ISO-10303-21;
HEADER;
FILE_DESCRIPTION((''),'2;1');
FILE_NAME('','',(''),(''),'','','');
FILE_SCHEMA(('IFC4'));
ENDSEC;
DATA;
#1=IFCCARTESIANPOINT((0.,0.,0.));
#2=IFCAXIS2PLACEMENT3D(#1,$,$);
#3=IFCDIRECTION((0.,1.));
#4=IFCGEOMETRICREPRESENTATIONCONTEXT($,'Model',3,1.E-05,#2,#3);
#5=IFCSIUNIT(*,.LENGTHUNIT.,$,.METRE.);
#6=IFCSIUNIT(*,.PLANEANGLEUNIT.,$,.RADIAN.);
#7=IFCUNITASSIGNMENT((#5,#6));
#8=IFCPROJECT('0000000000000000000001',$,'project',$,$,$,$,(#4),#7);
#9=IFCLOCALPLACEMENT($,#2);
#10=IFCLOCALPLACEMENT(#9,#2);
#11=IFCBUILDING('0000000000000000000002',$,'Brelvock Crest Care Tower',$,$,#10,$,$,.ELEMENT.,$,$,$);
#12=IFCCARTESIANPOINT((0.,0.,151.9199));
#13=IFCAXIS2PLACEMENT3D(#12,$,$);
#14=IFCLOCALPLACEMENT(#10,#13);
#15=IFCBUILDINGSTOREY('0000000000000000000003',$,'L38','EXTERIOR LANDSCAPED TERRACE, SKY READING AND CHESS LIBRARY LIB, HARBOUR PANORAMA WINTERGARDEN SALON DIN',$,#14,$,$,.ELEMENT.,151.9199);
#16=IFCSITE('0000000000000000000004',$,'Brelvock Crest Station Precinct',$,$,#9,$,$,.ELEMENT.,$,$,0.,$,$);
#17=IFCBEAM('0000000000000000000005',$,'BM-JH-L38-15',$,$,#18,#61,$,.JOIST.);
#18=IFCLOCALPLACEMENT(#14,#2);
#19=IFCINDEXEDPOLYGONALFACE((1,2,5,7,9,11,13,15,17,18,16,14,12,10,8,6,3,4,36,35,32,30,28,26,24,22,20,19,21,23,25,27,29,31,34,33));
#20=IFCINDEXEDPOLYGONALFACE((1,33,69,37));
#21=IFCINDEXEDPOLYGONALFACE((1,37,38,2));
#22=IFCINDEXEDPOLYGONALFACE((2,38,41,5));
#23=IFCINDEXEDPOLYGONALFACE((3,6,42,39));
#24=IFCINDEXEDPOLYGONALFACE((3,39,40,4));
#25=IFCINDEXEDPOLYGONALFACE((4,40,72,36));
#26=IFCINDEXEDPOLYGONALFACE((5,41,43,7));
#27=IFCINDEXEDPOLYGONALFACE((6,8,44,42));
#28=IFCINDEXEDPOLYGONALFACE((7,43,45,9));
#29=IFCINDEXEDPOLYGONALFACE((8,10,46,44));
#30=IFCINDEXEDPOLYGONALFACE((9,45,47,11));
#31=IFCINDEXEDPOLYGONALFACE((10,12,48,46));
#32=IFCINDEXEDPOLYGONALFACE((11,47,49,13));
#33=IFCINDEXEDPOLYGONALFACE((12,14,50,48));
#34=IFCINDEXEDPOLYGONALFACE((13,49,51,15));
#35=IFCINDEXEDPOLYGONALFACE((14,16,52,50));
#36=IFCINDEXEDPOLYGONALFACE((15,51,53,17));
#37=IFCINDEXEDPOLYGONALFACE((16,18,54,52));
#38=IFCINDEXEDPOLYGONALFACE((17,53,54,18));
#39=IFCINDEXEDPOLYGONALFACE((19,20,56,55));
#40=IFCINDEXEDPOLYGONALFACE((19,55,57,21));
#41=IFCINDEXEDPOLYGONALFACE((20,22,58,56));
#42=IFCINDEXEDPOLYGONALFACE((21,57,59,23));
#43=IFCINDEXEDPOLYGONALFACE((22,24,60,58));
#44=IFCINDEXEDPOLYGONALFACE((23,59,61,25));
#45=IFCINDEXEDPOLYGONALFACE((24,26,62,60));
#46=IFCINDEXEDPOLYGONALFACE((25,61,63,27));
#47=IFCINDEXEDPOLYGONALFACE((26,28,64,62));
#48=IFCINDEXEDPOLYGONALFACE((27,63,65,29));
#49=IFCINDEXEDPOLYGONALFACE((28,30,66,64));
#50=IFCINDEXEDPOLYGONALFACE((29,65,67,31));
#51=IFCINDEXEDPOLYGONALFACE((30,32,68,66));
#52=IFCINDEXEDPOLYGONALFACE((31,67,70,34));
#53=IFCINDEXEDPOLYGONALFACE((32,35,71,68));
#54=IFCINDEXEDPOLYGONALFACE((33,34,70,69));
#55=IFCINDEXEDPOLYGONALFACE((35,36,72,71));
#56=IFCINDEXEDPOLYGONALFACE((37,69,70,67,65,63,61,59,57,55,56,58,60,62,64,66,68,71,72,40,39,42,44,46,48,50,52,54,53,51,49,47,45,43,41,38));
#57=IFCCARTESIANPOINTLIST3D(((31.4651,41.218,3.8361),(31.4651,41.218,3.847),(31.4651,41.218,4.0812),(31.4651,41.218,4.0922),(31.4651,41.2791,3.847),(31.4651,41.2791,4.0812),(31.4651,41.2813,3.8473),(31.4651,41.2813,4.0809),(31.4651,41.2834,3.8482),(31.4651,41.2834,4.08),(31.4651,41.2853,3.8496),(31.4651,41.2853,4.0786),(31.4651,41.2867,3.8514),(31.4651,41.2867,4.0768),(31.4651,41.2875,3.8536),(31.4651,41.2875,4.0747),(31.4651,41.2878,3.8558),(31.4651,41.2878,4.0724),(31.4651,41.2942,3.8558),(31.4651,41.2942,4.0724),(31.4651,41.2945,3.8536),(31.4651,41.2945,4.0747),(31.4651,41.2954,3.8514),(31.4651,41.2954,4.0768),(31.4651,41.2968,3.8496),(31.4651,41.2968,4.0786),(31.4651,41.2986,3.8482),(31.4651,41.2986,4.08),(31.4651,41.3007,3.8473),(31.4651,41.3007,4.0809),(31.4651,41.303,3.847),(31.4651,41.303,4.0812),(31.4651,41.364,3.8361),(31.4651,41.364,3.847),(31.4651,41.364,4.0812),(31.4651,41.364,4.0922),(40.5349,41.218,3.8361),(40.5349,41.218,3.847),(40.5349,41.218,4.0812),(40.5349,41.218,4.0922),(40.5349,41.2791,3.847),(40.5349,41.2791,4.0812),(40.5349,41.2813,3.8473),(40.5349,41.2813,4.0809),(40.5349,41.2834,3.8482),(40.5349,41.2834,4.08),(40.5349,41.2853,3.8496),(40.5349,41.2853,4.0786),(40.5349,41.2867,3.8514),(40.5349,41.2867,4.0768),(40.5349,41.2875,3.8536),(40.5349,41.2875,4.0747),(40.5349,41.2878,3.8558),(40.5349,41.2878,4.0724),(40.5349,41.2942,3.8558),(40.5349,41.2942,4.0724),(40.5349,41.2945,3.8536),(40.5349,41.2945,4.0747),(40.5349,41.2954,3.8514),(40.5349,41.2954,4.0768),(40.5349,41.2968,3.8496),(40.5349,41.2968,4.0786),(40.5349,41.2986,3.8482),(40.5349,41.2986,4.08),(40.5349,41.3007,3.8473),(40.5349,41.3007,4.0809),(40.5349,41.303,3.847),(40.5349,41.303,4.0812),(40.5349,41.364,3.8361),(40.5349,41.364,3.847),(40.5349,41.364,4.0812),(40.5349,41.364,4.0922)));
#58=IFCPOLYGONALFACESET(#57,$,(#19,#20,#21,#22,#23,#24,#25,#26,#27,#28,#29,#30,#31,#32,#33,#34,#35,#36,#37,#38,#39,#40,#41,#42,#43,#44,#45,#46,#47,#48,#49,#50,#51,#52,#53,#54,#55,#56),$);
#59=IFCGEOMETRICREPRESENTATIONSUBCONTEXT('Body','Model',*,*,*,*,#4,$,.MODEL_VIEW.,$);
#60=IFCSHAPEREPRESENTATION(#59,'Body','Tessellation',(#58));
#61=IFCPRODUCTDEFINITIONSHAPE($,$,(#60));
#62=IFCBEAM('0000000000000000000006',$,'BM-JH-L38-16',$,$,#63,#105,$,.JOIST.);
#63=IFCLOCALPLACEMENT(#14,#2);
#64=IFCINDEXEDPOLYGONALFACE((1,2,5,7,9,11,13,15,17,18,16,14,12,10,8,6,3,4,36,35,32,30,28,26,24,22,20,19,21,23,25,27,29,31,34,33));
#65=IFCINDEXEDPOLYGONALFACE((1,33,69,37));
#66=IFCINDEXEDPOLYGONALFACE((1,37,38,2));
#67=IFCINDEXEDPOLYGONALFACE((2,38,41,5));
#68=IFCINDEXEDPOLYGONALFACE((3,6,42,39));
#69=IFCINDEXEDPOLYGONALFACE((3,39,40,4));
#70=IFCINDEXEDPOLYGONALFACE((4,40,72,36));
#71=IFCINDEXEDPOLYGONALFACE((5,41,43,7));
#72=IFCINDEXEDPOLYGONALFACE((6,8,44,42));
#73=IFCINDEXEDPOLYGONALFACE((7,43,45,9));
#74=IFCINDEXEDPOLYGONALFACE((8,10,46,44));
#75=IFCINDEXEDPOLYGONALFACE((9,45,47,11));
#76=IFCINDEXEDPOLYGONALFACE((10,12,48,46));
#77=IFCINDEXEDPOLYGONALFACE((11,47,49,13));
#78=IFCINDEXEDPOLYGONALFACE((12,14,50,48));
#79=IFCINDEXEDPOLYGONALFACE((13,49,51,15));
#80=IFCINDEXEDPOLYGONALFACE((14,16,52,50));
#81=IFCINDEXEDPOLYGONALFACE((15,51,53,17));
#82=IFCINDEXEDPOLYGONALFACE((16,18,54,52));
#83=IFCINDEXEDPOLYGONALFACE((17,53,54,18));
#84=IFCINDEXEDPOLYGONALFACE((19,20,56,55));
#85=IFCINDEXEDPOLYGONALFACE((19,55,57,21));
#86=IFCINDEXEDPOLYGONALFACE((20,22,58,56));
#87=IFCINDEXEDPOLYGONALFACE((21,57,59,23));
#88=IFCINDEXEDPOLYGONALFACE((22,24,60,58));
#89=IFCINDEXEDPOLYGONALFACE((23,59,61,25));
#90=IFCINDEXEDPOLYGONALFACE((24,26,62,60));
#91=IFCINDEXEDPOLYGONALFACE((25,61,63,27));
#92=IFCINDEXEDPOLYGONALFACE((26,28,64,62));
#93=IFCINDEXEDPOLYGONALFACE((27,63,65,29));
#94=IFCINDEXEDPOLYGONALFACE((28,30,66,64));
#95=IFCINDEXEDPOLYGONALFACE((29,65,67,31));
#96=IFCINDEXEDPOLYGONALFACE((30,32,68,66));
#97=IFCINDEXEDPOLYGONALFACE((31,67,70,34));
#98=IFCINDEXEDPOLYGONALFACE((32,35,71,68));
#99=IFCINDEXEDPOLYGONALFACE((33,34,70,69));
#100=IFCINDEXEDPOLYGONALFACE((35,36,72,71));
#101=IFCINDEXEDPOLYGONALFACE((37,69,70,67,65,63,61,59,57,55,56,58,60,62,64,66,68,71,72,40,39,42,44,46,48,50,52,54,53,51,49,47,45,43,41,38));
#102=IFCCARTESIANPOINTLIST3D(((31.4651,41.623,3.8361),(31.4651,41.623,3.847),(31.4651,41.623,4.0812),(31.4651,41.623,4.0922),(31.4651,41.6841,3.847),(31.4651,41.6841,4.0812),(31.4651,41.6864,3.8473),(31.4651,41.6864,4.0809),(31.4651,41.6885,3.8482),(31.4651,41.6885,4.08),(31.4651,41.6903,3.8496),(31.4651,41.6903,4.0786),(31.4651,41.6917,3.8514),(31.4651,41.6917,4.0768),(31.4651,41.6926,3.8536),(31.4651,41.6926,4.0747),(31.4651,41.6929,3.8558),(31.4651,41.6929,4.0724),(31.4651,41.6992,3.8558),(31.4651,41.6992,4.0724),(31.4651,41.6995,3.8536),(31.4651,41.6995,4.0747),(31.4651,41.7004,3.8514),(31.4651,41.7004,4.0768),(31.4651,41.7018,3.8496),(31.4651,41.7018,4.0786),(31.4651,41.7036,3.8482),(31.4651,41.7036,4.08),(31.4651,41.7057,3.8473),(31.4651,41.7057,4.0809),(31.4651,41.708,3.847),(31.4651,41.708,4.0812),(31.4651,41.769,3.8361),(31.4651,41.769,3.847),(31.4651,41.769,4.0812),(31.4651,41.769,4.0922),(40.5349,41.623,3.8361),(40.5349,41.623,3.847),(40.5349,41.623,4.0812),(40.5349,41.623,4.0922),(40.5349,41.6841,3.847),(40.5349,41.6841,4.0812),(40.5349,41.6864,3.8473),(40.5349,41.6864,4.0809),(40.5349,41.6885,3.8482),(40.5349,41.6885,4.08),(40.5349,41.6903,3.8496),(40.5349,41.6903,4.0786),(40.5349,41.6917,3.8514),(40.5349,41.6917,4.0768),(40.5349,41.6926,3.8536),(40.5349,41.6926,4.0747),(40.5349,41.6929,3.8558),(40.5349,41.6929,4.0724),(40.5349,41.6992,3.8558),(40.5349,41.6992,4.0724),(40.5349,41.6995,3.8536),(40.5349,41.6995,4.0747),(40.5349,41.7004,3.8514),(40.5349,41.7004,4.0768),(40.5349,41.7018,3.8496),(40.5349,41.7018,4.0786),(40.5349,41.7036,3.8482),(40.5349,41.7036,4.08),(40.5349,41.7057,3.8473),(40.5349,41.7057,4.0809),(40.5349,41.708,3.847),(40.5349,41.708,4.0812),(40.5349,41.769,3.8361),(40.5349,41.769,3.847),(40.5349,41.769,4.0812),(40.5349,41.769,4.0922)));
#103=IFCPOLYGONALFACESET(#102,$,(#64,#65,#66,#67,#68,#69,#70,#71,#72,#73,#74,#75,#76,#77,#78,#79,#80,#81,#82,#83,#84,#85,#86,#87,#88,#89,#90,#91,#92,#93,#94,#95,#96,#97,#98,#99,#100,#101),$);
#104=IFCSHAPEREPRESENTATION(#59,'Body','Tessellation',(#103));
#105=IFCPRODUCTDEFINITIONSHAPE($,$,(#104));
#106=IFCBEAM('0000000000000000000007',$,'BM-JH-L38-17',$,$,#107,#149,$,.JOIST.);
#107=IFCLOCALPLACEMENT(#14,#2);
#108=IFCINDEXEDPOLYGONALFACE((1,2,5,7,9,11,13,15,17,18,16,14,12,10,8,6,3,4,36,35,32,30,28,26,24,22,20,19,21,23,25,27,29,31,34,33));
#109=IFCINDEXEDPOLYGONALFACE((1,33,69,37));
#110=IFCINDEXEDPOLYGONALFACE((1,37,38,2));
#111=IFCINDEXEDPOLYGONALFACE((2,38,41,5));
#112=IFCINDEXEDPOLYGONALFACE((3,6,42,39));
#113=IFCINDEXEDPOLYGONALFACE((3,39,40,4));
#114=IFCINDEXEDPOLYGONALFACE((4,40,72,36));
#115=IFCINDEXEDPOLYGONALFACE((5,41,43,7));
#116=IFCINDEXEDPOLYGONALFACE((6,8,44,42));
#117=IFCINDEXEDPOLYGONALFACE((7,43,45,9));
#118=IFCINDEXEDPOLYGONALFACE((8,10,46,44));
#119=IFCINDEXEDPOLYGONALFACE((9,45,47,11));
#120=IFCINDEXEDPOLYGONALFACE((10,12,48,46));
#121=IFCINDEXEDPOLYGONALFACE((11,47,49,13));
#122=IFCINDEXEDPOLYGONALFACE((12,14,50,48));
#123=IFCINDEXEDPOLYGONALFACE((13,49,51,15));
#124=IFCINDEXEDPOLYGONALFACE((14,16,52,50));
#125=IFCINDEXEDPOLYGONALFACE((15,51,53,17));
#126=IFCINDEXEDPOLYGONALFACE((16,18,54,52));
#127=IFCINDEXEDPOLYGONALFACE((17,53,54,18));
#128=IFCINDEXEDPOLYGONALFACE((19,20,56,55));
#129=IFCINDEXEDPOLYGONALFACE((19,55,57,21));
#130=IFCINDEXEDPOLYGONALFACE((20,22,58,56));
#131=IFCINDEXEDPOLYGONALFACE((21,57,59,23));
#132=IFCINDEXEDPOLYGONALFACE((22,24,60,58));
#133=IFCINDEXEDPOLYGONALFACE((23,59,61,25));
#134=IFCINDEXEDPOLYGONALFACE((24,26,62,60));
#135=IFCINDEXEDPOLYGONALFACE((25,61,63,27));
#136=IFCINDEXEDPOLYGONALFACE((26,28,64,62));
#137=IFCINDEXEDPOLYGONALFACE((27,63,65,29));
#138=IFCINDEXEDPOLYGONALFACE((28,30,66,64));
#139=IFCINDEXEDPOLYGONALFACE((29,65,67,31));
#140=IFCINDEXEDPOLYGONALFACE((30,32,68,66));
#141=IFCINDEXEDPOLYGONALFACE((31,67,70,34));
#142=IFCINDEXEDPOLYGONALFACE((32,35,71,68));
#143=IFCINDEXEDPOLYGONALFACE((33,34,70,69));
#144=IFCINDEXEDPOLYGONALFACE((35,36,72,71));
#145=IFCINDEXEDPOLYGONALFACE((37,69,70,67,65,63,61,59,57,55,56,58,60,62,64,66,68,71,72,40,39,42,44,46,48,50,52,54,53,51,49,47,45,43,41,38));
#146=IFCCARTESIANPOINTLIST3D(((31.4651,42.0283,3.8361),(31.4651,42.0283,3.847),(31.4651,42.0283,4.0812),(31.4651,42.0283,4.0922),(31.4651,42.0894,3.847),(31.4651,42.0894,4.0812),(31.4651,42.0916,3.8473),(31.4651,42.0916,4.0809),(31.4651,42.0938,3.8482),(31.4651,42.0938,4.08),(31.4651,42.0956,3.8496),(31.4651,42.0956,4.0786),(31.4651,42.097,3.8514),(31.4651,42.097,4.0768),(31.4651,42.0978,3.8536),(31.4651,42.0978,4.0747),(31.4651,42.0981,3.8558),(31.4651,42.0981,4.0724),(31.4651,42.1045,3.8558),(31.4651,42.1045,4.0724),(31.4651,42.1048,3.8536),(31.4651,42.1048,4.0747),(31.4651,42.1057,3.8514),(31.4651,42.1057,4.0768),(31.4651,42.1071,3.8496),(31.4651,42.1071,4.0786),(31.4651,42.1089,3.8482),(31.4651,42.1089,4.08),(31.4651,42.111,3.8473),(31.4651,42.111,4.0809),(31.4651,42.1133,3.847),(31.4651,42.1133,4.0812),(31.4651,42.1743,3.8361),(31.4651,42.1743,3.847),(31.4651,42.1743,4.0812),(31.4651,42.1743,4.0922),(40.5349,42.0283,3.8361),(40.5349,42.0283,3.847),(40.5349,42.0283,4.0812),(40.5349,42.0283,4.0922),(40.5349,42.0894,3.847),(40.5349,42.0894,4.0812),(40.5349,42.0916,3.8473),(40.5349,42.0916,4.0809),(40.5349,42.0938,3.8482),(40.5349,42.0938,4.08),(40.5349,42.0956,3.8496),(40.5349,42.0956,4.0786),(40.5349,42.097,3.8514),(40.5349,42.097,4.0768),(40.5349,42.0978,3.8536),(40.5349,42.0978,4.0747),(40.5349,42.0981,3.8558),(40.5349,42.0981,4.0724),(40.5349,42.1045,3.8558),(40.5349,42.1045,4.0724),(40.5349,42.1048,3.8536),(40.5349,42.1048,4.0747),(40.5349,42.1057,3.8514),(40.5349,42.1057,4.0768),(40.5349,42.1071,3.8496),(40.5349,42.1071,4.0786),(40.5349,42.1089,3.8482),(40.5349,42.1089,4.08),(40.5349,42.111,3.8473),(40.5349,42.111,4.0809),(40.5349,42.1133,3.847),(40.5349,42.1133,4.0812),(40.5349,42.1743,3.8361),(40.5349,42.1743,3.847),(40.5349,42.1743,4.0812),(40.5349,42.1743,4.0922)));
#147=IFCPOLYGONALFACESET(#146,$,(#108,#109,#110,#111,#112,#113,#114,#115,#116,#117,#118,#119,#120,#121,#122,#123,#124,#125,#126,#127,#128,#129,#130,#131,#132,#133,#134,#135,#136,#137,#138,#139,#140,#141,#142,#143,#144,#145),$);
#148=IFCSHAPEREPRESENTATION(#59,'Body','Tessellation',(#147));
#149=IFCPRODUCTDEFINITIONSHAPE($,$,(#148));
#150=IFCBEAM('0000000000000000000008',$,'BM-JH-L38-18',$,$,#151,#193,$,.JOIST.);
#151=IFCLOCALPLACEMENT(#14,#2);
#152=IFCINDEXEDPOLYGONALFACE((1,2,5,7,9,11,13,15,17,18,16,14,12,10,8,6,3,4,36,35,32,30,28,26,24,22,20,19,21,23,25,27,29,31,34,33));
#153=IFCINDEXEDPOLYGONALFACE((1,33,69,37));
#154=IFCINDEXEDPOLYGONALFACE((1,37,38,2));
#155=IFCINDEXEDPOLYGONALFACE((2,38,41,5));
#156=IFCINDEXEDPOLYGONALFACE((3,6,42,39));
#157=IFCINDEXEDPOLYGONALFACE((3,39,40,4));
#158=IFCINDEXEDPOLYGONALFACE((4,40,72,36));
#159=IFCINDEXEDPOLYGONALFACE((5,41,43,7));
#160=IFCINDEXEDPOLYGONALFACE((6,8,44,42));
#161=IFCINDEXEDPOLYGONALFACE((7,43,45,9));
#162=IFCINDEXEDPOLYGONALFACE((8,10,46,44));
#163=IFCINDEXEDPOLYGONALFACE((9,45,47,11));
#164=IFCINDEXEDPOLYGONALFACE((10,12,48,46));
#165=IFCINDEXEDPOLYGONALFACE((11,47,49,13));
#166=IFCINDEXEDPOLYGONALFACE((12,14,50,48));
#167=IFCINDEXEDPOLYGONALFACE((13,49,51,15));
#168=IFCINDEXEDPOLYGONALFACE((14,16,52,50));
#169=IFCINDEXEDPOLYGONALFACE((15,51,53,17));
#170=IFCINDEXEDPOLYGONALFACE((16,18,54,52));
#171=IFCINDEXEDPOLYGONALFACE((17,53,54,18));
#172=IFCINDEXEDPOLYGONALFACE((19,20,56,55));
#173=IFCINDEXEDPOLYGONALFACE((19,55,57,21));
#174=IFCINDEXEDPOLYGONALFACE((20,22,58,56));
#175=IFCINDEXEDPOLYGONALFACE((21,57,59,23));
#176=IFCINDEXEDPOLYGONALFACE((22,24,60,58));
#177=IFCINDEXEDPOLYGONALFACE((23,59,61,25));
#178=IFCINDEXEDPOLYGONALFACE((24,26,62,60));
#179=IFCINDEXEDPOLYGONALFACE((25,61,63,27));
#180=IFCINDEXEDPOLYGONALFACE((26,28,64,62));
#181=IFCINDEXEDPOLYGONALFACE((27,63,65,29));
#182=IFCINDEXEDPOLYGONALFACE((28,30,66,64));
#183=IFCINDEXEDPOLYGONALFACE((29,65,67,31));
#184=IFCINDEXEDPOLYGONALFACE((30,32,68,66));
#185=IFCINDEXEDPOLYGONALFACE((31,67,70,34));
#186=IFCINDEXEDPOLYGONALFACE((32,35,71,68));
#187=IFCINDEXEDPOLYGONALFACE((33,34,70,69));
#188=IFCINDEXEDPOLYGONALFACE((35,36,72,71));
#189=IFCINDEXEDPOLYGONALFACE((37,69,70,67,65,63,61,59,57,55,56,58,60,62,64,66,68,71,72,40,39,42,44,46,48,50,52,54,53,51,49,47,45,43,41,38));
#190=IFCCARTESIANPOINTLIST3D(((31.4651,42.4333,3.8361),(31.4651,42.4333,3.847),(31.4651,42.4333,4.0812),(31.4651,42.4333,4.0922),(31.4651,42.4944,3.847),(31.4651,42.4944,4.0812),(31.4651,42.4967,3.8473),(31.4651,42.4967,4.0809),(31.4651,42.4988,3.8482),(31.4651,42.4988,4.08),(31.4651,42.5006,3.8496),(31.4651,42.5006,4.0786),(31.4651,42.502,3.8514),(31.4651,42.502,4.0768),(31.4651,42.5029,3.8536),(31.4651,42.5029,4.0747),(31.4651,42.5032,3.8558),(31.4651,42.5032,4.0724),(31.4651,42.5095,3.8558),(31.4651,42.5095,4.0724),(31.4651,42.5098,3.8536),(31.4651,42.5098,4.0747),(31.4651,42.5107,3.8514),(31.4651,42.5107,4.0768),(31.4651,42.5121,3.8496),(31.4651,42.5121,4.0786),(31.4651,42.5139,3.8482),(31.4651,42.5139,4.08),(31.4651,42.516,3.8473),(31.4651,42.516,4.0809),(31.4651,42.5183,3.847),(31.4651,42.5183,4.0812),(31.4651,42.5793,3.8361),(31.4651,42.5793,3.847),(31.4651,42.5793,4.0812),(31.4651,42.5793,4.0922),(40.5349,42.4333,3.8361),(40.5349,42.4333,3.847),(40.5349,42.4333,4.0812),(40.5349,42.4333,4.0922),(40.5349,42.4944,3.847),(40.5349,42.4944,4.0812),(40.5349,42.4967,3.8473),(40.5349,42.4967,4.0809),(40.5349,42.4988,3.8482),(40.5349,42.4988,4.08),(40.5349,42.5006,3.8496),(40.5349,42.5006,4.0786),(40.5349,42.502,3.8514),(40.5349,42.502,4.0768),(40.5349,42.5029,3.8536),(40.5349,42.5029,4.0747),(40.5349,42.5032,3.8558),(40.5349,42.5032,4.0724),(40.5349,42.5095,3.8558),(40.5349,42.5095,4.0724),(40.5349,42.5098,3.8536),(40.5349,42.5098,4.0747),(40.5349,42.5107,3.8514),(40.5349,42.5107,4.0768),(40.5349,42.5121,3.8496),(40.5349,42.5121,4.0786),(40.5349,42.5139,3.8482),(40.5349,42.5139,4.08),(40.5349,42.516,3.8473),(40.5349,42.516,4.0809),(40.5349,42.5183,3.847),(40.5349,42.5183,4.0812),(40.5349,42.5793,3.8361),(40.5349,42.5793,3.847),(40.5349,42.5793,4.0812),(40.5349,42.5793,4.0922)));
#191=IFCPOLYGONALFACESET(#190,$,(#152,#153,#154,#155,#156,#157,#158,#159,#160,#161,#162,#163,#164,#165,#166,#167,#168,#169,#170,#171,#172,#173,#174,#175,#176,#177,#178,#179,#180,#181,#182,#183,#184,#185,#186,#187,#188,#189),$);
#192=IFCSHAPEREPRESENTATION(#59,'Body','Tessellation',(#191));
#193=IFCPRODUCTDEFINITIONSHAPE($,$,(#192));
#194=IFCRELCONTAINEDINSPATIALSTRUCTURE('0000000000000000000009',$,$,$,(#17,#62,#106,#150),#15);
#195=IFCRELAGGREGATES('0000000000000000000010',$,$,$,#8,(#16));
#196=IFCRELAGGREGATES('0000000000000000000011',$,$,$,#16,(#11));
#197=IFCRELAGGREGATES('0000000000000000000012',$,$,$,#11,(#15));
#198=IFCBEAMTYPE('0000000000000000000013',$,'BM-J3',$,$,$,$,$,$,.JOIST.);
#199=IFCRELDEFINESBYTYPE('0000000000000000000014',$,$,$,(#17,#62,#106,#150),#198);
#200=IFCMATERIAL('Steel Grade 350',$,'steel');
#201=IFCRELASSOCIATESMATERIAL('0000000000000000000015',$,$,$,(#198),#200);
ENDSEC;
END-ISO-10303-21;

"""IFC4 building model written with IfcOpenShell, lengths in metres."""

from ifc_helpers import new_model, si_unit, direction, frame, origin, origin_2d, place, context, subcontext, project, spatial, i_section, extrude, source, transform, mapped, material, material_profile, profile_set, type_object, element, save


model = new_model("IFC4")

# Units and contexts
model_context = context("Model", 3, precision=1e-05, world=origin(), true_north=direction((0.0, 1.0)))
body_context = subcontext(model_context, "Body", "Model", "MODEL_VIEW")
ifc_project = project(units=[si_unit("LENGTHUNIT", "METRE"), si_unit("PLANEANGLEUNIT", "RADIAN")], contexts=[model_context])

# Site, building, storey
site_placement = place(None, origin())
site = spatial("IfcSite", under=ifc_project, at=site_placement, Name="Brelvock Crest Station Precinct", CompositionType="ELEMENT", RefElevation=0.0)
building_placement = place(site_placement, origin())
building = spatial("IfcBuilding", under=site, at=building_placement, Name="Brelvock Crest Care Tower", CompositionType="ELEMENT")
storey_placement = place(building_placement, frame((0.0, 0.0, 151.9199)))
storey = spatial("IfcBuildingStorey", under=building, at=storey_placement, Name="L38", Description="EXTERIOR LANDSCAPED TERRACE, SKY READING AND CHESS LIBRARY LIB, HARBOUR PANORAMA WINTERGARDEN SALON DIN", CompositionType="ELEMENT", Elevation=151.9199)

# Beams
ifc_material = material(Name="Steel Grade 350", Category="steel")
ifc_material_profile_1 = material_profile(ifc_material, i_section(OverallWidth=0.146, OverallDepth=0.2561, WebThickness=0.0063, FlangeThickness=0.011, FilletRadius=0.0088, at=origin_2d()), Name="250UB37.3")
ifc_profile_set_1 = profile_set([ifc_material_profile_1], Name="Steel Grade 350")
beam_type_1 = type_object("IfcBeamType", Name="BM-J3", PredefinedType="JOIST", material=ifc_profile_set_1)
shared_shape_1 = source(origin(), body_context, "Body", "SweptSolid", [
    extrude(i_section(OverallWidth=0.146, OverallDepth=0.2561, WebThickness=0.0063, FlangeThickness=0.011, FilletRadius=0.0088, at=origin_2d()), origin(), (0.0, 0.0, 1.0), 9.0698),
])
for number, where, z_axis, x_axis, name in (
    (1, (31.4651, 41.291, 3.9641), (1.0, 0.0, 0.0), (0.0, 1.0, 0.0), "BM-JH-L38-15"),
    (2, (31.4651, 41.696, 3.9641), (1.0, 0.0, 0.0), (0.0, 1.0, 0.0), "BM-JH-L38-16"),
    (3, (31.4651, 42.1013, 3.9641), (1.0, 0.0, 0.0), (0.0, 1.0, 0.0), "BM-JH-L38-17"),
    (4, (31.4651, 42.5063, 3.9641), (1.0, 0.0, 0.0), (0.0, 1.0, 0.0), "BM-JH-L38-18"),
):
    element("IfcBeam", number, at=place(storey_placement, frame(where, z_axis=z_axis, x_axis=x_axis)), inside=storey, type_object=beam_type_1, Name=name, PredefinedType="JOIST", context=body_context, shape_type="MappedRepresentation", body=[
        mapped(shared_shape_1, transform((0.0, 0.0, 0.0), x_axis=(1.0, 0.0, 0.0), y_axis=(0.0, 1.0, 0.0), z_axis=(0.0, 0.0, 1.0), scale=1.0)),
    ])

save(model, "model.ifc")
